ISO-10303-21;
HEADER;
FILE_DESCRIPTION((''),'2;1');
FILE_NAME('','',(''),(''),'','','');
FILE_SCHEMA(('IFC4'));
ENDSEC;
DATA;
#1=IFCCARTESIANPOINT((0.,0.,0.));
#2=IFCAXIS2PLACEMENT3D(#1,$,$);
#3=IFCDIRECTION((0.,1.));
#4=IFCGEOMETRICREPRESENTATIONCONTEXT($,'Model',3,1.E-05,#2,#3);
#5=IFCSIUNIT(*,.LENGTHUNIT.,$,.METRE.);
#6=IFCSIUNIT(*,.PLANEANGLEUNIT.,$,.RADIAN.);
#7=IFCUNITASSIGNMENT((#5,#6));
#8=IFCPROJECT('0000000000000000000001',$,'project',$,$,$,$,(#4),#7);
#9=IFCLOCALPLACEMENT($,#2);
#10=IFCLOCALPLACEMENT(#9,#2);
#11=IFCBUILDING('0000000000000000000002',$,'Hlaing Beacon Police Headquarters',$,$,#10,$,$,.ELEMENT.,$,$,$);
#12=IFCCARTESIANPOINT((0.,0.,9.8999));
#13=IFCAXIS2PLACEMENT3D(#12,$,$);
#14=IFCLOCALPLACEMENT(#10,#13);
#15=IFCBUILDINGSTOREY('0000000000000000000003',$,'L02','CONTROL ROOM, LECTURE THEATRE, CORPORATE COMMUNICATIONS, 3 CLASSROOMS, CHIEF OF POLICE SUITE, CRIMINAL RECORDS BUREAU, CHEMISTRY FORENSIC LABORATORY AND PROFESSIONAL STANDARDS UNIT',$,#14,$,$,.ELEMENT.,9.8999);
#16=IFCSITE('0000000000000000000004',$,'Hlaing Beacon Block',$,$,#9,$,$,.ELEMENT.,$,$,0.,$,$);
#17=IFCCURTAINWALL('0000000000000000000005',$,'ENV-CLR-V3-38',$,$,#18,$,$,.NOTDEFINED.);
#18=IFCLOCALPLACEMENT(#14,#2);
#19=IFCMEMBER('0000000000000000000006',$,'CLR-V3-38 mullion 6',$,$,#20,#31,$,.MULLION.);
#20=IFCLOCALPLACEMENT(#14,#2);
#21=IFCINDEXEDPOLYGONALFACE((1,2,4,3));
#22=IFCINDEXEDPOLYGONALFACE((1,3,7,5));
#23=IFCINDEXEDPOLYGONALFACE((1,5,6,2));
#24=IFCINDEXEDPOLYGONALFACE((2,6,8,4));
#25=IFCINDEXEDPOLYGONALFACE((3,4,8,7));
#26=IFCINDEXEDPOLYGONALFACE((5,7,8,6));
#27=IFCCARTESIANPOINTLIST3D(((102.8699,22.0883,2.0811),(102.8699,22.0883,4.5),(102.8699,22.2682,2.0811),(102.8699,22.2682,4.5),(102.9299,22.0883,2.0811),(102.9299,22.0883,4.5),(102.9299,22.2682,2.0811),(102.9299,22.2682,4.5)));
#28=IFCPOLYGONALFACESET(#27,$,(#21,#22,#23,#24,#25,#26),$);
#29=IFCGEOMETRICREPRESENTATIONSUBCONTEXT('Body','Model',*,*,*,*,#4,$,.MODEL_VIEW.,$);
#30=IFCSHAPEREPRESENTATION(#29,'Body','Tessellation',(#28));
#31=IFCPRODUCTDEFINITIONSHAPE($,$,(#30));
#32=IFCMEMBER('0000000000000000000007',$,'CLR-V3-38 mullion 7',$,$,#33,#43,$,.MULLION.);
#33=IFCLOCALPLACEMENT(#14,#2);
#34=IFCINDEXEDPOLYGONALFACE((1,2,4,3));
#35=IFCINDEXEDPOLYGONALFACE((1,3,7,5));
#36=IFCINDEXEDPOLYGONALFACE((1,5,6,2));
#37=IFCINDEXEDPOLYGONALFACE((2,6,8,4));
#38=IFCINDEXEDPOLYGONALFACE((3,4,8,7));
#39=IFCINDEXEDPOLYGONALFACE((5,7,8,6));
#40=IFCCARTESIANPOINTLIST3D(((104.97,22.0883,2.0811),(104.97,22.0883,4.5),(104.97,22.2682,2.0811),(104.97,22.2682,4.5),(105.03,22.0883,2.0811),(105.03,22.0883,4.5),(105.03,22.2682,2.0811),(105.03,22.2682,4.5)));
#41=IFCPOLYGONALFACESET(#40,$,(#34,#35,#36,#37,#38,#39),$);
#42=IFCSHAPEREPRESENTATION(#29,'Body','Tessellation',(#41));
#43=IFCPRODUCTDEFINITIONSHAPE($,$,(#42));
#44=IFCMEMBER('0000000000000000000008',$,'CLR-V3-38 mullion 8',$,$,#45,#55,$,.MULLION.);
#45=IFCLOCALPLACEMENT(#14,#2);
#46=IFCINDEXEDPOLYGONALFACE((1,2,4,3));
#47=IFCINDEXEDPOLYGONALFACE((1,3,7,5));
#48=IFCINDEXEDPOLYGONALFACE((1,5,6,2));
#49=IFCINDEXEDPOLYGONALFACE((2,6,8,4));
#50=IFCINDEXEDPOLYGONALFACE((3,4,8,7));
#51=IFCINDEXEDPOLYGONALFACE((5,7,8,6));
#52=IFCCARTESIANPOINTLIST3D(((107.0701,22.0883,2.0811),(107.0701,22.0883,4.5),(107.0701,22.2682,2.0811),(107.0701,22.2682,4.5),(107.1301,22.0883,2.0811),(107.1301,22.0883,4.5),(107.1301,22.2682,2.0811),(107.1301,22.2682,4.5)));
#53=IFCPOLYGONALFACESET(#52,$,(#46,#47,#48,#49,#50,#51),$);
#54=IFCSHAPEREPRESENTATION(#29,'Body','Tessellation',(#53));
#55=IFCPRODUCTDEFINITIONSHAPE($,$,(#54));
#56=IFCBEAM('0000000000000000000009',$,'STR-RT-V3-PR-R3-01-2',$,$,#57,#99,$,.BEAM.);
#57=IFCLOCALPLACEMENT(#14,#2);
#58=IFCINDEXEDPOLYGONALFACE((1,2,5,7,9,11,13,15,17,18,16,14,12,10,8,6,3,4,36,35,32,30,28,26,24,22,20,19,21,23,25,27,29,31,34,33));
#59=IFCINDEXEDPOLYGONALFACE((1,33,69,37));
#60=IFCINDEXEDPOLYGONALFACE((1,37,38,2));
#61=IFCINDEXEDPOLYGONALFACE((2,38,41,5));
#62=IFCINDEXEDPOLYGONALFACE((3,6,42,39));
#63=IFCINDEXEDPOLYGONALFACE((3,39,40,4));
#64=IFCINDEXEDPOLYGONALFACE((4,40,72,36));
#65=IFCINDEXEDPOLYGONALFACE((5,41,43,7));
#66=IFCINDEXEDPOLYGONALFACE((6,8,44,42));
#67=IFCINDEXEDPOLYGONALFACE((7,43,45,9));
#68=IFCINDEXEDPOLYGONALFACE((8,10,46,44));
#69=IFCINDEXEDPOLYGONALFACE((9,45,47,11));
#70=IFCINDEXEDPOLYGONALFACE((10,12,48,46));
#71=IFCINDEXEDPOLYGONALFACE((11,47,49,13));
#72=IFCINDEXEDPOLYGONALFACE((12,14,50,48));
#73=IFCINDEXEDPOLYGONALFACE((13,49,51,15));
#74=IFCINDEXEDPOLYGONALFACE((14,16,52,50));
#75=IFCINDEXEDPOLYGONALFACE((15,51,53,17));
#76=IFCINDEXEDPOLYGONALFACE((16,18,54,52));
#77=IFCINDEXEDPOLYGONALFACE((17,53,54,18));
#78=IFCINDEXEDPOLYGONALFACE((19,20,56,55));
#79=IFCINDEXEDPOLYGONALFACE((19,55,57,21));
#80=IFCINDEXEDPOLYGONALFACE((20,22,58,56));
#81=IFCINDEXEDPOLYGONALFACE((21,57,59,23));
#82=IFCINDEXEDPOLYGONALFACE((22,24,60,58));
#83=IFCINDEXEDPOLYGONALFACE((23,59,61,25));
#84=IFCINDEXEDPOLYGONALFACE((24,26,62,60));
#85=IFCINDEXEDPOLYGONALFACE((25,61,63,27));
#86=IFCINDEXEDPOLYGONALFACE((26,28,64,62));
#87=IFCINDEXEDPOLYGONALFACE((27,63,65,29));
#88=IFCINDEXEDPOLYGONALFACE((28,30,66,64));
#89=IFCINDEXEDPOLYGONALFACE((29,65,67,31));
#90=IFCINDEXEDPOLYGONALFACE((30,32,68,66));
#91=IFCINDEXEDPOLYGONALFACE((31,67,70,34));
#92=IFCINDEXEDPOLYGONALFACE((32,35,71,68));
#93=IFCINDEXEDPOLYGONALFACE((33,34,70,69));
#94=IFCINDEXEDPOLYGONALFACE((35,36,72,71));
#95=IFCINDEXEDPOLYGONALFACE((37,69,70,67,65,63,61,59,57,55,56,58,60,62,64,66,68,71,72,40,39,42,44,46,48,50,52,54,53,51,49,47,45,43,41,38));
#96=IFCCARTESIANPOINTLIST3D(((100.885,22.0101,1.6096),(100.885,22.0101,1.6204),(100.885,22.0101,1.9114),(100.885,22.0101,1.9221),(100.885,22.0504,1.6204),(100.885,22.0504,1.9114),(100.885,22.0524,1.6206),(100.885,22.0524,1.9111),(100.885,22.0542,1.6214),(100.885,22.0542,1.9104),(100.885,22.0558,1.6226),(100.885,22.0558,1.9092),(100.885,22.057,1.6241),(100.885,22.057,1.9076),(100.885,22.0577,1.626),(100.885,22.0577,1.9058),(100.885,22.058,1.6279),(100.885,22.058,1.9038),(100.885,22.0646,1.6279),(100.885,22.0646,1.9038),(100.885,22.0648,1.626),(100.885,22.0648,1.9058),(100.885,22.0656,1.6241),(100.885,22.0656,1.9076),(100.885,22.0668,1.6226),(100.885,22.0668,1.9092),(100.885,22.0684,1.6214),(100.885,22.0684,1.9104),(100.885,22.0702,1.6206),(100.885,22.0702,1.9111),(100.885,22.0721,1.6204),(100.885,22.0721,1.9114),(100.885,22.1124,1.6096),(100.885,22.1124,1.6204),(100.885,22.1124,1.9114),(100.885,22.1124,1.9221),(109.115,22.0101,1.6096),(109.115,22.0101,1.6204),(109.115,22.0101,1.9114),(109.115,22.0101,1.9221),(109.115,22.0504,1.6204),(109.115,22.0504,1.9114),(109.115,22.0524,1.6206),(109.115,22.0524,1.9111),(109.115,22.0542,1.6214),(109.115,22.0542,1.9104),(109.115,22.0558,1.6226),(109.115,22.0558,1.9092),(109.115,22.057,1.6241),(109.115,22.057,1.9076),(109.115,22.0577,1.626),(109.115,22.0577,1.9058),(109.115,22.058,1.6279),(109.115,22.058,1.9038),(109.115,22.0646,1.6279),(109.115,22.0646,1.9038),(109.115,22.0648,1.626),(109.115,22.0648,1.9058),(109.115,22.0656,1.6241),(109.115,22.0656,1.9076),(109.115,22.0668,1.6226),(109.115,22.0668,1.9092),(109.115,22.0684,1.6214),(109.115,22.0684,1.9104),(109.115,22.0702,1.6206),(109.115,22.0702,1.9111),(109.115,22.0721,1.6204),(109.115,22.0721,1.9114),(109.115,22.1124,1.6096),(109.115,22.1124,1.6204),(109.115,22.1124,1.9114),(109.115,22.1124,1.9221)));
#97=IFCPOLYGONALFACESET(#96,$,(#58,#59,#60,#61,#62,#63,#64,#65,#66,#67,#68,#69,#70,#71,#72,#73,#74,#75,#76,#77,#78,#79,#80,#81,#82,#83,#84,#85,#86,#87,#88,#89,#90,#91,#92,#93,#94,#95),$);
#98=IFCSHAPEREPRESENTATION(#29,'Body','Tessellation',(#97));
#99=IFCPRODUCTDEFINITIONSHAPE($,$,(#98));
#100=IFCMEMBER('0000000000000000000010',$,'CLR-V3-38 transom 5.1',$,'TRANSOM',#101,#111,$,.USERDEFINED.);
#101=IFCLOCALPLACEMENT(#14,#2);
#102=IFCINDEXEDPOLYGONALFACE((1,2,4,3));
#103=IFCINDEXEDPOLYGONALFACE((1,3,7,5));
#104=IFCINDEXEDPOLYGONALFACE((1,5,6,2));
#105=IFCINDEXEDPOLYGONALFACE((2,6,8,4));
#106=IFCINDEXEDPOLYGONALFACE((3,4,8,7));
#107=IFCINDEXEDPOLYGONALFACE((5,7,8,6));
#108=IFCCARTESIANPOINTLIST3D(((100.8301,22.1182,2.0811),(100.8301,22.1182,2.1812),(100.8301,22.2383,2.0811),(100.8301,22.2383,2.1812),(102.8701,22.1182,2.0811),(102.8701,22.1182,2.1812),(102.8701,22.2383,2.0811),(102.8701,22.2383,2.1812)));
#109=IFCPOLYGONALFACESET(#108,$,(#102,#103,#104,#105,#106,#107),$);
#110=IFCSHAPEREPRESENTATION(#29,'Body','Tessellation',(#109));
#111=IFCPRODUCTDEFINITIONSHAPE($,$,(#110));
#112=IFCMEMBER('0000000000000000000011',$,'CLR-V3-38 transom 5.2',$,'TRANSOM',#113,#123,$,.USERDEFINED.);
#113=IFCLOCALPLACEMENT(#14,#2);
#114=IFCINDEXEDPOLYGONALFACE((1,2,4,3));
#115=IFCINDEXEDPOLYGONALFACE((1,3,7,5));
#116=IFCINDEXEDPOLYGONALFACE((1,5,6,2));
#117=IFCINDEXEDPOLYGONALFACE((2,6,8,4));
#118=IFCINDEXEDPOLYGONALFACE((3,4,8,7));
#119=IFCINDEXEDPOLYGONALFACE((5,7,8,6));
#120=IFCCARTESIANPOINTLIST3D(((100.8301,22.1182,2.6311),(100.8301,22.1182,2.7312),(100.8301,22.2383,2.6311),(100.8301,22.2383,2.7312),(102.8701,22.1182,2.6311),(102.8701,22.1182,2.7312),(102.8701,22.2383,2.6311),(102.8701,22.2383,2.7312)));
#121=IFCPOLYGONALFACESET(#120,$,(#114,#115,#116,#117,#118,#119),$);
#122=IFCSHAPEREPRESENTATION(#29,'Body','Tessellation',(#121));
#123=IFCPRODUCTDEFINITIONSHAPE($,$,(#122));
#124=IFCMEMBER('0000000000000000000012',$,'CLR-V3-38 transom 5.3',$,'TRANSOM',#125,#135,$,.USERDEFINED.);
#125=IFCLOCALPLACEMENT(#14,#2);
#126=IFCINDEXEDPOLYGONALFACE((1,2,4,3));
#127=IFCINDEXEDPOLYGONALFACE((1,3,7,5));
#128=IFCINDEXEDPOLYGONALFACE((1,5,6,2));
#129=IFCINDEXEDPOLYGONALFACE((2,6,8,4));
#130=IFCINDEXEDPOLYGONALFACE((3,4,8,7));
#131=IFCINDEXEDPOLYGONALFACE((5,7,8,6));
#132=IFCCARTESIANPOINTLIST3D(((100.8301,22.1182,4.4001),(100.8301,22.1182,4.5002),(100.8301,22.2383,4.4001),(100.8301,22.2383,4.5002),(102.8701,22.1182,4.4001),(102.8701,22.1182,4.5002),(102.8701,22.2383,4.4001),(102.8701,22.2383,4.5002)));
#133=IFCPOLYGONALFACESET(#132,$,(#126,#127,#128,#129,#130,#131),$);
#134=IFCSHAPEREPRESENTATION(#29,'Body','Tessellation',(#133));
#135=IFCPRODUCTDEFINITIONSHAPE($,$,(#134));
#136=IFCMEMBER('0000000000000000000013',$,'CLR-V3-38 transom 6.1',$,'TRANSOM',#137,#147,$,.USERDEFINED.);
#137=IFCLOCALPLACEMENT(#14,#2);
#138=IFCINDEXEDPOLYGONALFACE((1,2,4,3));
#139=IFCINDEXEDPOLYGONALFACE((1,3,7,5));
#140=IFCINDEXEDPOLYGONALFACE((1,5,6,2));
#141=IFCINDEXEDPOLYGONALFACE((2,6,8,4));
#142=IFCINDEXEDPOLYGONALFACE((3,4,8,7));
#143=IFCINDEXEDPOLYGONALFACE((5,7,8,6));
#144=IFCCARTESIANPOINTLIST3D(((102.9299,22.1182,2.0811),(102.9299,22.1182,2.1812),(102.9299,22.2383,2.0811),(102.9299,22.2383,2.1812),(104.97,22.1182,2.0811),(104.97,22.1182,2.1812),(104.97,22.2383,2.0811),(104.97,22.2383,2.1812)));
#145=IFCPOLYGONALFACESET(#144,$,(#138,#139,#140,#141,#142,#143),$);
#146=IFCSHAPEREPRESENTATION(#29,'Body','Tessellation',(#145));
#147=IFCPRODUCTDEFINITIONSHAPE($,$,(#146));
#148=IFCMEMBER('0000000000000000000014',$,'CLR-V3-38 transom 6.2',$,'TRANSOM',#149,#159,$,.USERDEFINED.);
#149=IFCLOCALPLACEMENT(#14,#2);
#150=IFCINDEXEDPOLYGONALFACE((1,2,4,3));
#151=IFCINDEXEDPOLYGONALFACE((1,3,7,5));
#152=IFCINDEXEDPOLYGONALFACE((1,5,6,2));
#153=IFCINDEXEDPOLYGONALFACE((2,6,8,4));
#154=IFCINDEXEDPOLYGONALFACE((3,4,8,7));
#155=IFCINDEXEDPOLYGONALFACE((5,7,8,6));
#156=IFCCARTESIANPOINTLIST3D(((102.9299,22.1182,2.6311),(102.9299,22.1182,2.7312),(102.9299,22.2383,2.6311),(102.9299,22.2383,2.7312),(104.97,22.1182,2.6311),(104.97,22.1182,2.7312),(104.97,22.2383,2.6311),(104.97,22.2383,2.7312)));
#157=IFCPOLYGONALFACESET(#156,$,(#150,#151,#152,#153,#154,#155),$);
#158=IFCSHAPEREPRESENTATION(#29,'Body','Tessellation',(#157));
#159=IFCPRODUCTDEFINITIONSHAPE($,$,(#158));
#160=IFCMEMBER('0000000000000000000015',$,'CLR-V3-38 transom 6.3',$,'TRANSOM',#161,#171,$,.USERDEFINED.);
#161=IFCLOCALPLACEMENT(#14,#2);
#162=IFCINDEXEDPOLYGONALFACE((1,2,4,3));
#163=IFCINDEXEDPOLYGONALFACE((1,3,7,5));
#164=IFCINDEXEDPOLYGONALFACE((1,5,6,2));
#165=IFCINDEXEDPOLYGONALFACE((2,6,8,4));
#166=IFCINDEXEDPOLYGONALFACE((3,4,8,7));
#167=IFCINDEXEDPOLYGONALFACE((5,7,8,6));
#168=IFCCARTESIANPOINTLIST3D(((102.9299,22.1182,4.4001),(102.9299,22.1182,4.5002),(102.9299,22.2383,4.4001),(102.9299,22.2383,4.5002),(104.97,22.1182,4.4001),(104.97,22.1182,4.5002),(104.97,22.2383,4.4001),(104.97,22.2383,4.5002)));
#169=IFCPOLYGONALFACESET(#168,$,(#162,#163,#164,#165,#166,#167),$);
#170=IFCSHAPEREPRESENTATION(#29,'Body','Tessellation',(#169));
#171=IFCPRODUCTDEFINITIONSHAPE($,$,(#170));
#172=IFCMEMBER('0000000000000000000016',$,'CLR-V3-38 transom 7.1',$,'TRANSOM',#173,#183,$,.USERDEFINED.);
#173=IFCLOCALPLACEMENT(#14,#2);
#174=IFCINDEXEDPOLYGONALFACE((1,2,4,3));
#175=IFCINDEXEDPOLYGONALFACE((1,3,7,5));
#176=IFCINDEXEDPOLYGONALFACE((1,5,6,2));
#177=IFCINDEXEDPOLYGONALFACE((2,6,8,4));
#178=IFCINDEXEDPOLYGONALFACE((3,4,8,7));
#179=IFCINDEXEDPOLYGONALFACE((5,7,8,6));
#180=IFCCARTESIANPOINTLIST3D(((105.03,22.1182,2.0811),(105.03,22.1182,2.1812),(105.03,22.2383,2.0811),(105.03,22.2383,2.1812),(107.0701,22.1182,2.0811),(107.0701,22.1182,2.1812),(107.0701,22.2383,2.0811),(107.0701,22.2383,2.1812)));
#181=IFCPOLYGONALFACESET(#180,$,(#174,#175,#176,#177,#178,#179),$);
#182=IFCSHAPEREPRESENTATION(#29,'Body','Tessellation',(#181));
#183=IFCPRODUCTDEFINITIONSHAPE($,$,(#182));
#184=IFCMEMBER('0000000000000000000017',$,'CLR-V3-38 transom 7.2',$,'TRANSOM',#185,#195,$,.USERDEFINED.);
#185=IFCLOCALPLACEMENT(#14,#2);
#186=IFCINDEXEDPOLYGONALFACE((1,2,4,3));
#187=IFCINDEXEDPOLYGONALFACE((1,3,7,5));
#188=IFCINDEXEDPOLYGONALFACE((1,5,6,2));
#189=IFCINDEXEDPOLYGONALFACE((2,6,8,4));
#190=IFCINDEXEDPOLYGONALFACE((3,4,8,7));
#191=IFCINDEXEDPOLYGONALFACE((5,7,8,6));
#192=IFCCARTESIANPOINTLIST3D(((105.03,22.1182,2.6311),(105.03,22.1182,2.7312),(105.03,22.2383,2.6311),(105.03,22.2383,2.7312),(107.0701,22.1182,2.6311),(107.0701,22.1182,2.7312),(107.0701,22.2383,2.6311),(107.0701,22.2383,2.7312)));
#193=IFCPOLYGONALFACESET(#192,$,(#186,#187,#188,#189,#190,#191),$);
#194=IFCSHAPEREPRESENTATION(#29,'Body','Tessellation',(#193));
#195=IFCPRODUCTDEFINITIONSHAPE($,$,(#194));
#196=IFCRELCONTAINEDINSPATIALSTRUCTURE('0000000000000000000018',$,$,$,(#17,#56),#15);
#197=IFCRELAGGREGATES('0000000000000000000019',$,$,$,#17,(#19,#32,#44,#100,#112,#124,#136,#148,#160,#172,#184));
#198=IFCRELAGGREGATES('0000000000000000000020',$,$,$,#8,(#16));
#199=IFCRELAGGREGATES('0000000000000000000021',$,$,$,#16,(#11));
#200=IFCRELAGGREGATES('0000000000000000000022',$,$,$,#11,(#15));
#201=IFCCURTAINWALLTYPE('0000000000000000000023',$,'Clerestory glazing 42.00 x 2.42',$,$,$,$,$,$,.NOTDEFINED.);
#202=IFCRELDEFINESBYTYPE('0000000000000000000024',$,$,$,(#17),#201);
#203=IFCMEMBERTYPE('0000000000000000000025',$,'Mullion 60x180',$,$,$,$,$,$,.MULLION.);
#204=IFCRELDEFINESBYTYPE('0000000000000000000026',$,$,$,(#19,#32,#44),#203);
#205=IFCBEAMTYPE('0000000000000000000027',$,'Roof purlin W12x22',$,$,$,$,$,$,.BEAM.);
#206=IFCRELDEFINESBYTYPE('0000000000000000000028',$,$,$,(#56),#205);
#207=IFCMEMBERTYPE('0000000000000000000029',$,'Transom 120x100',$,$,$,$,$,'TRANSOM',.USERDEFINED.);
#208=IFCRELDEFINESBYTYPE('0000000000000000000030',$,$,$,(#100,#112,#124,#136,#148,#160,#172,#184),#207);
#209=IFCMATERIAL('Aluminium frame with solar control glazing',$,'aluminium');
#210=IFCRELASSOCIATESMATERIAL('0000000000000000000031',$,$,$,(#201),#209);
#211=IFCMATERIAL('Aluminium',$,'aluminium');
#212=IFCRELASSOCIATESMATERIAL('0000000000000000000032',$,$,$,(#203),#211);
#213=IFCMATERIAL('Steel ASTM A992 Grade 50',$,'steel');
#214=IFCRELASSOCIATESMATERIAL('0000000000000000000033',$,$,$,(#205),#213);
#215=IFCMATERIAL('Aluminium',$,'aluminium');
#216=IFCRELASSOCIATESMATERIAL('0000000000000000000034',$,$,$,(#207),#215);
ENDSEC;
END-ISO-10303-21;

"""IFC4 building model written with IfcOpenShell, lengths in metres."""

from ifc_helpers import new_model, si_unit, direction, frame, origin, origin_2d, place, context, subcontext, project, spatial, rectangle, i_section, extrude, material, material_profile, profile_set, type_object, element, aggregate, save


model = new_model("IFC4")

# Units and contexts
model_context = context("Model", 3, precision=1e-05, world=origin(), true_north=direction((0.0, 1.0)))
body_context = subcontext(model_context, "Body", "Model", "MODEL_VIEW")
ifc_project = project(units=[si_unit("LENGTHUNIT", "METRE"), si_unit("PLANEANGLEUNIT", "RADIAN")], contexts=[model_context])

# Site, building, storey
site_placement = place(None, origin())
site = spatial("IfcSite", under=ifc_project, at=site_placement, Name="Hlaing Beacon Block", CompositionType="ELEMENT", RefElevation=0.0)
building_placement = place(site_placement, origin())
building = spatial("IfcBuilding", under=site, at=building_placement, Name="Hlaing Beacon Police Headquarters", CompositionType="ELEMENT")
storey_placement = place(building_placement, frame((0.0, 0.0, 9.8999)))
storey = spatial("IfcBuildingStorey", under=building, at=storey_placement, Name="L02", Description="CONTROL ROOM, LECTURE THEATRE, CORPORATE COMMUNICATIONS, 3 CLASSROOMS, CHIEF OF POLICE SUITE, CRIMINAL RECORDS BUREAU, CHEMISTRY FORENSIC LABORATORY AND PROFESSIONAL STANDARDS UNIT", CompositionType="ELEMENT", Elevation=9.8999)

# Curtain wall, members
ifc_material_1 = material(Name="Aluminium frame with solar control glazing", Category="aluminium")
curtain_wall_type = type_object("IfcCurtainWallType", Name="Clerestory glazing 42.00 x 2.42", PredefinedType="NOTDEFINED", material=ifc_material_1)
curtain_wall_placement = place(storey_placement, origin())
curtain_wall = element("IfcCurtainWall", 1, at=curtain_wall_placement, inside=storey, type_object=curtain_wall_type, Name="ENV-CLR-V3-38", PredefinedType="NOTDEFINED")
ifc_material_2 = material(Name="Aluminium", Category="aluminium")
ifc_material_profile_1 = material_profile(ifc_material_2, rectangle(XDim=0.1799, YDim=0.0601, at=origin_2d()), Name="Mullion 60x180")
ifc_profile_set_1 = profile_set([ifc_material_profile_1], Name="Aluminium")
member_type_1 = type_object("IfcMemberType", Name="Mullion 60x180", PredefinedType="MULLION", material=ifc_profile_set_1)
member_1_placement = place(storey_placement, frame((102.8999, 22.1782, 2.0811), z_axis=(0.0, 0.0, 1.0), x_axis=(0.0, 1.0, 0.0)))
member_1 = element("IfcMember", 2, at=member_1_placement, type_object=member_type_1, Name="CLR-V3-38 mullion 6", PredefinedType="MULLION", context=body_context, shape_type="SweptSolid", body=[
    extrude(rectangle(XDim=0.1799, YDim=0.0601, at=origin_2d()), origin(), (0.0, 0.0, 1.0), 2.4189),
])
member_2_placement = place(storey_placement, frame((105.0, 22.1782, 2.0811), z_axis=(0.0, 0.0, 1.0), x_axis=(0.0, 1.0, 0.0)))
member_2 = element("IfcMember", 3, at=member_2_placement, type_object=member_type_1, Name="CLR-V3-38 mullion 7", PredefinedType="MULLION", context=body_context, shape_type="SweptSolid", body=[
    extrude(rectangle(XDim=0.1799, YDim=0.0601, at=origin_2d()), origin(), (0.0, 0.0, 1.0), 2.4189),
])
member_3_placement = place(storey_placement, frame((107.1001, 22.1782, 2.0811), z_axis=(0.0, 0.0, 1.0), x_axis=(0.0, 1.0, 0.0)))
member_3 = element("IfcMember", 4, at=member_3_placement, type_object=member_type_1, Name="CLR-V3-38 mullion 8", PredefinedType="MULLION", context=body_context, shape_type="SweptSolid", body=[
    extrude(rectangle(XDim=0.1799, YDim=0.0601, at=origin_2d()), origin(), (0.0, 0.0, 1.0), 2.4189),
])

# Beam
ifc_material_3 = material(Name="Steel ASTM A992 Grade 50", Category="steel")
ifc_material_profile_2 = material_profile(ifc_material_3, i_section(OverallWidth=0.1023, OverallDepth=0.3125, WebThickness=0.0066, FlangeThickness=0.0107, FilletRadius=0.0076, at=origin_2d()), Name="W12x22")
ifc_profile_set_2 = profile_set([ifc_material_profile_2], Name="Steel ASTM A992 Grade 50")
beam_type = type_object("IfcBeamType", Name="Roof purlin W12x22", PredefinedType="BEAM", material=ifc_profile_set_2)
beam_placement = place(storey_placement, frame((100.885, 22.0613, 1.7659), z_axis=(1.0, 0.0, 0.0), x_axis=(0.0, 1.0, 0.0)))
element("IfcBeam", 5, at=beam_placement, inside=storey, type_object=beam_type, Name="STR-RT-V3-PR-R3-01-2", PredefinedType="BEAM", context=body_context, shape_type="SweptSolid", body=[
    extrude(i_section(OverallWidth=0.1023, OverallDepth=0.3125, WebThickness=0.0066, FlangeThickness=0.0107, FilletRadius=0.0076, at=origin_2d()), origin(), (0.0, 0.0, 1.0), 8.23),
])

# Members
ifc_material_4 = material(Name="Aluminium", Category="aluminium")
ifc_material_profile_3 = material_profile(ifc_material_4, rectangle(XDim=0.1201, YDim=0.1001, at=origin_2d()), Name="Transom 120x100")
ifc_profile_set_3 = profile_set([ifc_material_profile_3], Name="Aluminium")
member_type_2 = type_object("IfcMemberType", Name="Transom 120x100", ElementType="TRANSOM", PredefinedType="USERDEFINED", material=ifc_profile_set_3)
member_4_placement = place(storey_placement, frame((100.8301, 22.1782, 2.1311), z_axis=(1.0, 0.0, 0.0), x_axis=(0.0, 1.0, 0.0)))
member_4 = element("IfcMember", 6, at=member_4_placement, type_object=member_type_2, Name="CLR-V3-38 transom 5.1", ObjectType="TRANSOM", PredefinedType="USERDEFINED", context=body_context, shape_type="SweptSolid", body=[
    extrude(rectangle(XDim=0.1201, YDim=0.1001, at=origin_2d()), origin(), (0.0, 0.0, 1.0), 2.04),
])
member_5_placement = place(storey_placement, frame((100.8301, 22.1782, 2.6812), z_axis=(1.0, 0.0, 0.0), x_axis=(0.0, 1.0, 0.0)))
member_5 = element("IfcMember", 7, at=member_5_placement, type_object=member_type_2, Name="CLR-V3-38 transom 5.2", ObjectType="TRANSOM", PredefinedType="USERDEFINED", context=body_context, shape_type="SweptSolid", body=[
    extrude(rectangle(XDim=0.1201, YDim=0.1001, at=origin_2d()), origin(), (0.0, 0.0, 1.0), 2.04),
])
member_6_placement = place(storey_placement, frame((100.8301, 22.1782, 4.4502), z_axis=(1.0, 0.0, 0.0), x_axis=(0.0, 1.0, 0.0)))
member_6 = element("IfcMember", 8, at=member_6_placement, type_object=member_type_2, Name="CLR-V3-38 transom 5.3", ObjectType="TRANSOM", PredefinedType="USERDEFINED", context=body_context, shape_type="SweptSolid", body=[
    extrude(rectangle(XDim=0.1201, YDim=0.1001, at=origin_2d()), origin(), (0.0, 0.0, 1.0), 2.04),
])
member_7_placement = place(storey_placement, frame((102.9299, 22.1782, 2.1311), z_axis=(1.0, 0.0, 0.0), x_axis=(0.0, 1.0, 0.0)))
member_7 = element("IfcMember", 9, at=member_7_placement, type_object=member_type_2, Name="CLR-V3-38 transom 6.1", ObjectType="TRANSOM", PredefinedType="USERDEFINED", context=body_context, shape_type="SweptSolid", body=[
    extrude(rectangle(XDim=0.1201, YDim=0.1001, at=origin_2d()), origin(), (0.0, 0.0, 1.0), 2.04),
])
member_8_placement = place(storey_placement, frame((102.9299, 22.1782, 2.6812), z_axis=(1.0, 0.0, 0.0), x_axis=(0.0, 1.0, 0.0)))
member_8 = element("IfcMember", 10, at=member_8_placement, type_object=member_type_2, Name="CLR-V3-38 transom 6.2", ObjectType="TRANSOM", PredefinedType="USERDEFINED", context=body_context, shape_type="SweptSolid", body=[
    extrude(rectangle(XDim=0.1201, YDim=0.1001, at=origin_2d()), origin(), (0.0, 0.0, 1.0), 2.04),
])
member_9_placement = place(storey_placement, frame((102.9299, 22.1782, 4.4502), z_axis=(1.0, 0.0, 0.0), x_axis=(0.0, 1.0, 0.0)))
member_9 = element("IfcMember", 11, at=member_9_placement, type_object=member_type_2, Name="CLR-V3-38 transom 6.3", ObjectType="TRANSOM", PredefinedType="USERDEFINED", context=body_context, shape_type="SweptSolid", body=[
    extrude(rectangle(XDim=0.1201, YDim=0.1001, at=origin_2d()), origin(), (0.0, 0.0, 1.0), 2.04),
])
member_10_placement = place(storey_placement, frame((105.03, 22.1782, 2.1311), z_axis=(1.0, 0.0, 0.0), x_axis=(0.0, 1.0, 0.0)))
member_10 = element("IfcMember", 12, at=member_10_placement, type_object=member_type_2, Name="CLR-V3-38 transom 7.1", ObjectType="TRANSOM", PredefinedType="USERDEFINED", context=body_context, shape_type="SweptSolid", body=[
    extrude(rectangle(XDim=0.1201, YDim=0.1001, at=origin_2d()), origin(), (0.0, 0.0, 1.0), 2.04),
])
member_11_placement = place(storey_placement, frame((105.03, 22.1782, 2.6812), z_axis=(1.0, 0.0, 0.0), x_axis=(0.0, 1.0, 0.0)))
member_11 = element("IfcMember", 13, at=member_11_placement, type_object=member_type_2, Name="CLR-V3-38 transom 7.2", ObjectType="TRANSOM", PredefinedType="USERDEFINED", context=body_context, shape_type="SweptSolid", body=[
    extrude(rectangle(XDim=0.1201, YDim=0.1001, at=origin_2d()), origin(), (0.0, 0.0, 1.0), 2.04),
])

aggregate(curtain_wall, [member_1, member_2, member_3, member_4, member_5, member_6, member_7, member_8, member_9, member_10, member_11])

save(model, "model.ifc")
